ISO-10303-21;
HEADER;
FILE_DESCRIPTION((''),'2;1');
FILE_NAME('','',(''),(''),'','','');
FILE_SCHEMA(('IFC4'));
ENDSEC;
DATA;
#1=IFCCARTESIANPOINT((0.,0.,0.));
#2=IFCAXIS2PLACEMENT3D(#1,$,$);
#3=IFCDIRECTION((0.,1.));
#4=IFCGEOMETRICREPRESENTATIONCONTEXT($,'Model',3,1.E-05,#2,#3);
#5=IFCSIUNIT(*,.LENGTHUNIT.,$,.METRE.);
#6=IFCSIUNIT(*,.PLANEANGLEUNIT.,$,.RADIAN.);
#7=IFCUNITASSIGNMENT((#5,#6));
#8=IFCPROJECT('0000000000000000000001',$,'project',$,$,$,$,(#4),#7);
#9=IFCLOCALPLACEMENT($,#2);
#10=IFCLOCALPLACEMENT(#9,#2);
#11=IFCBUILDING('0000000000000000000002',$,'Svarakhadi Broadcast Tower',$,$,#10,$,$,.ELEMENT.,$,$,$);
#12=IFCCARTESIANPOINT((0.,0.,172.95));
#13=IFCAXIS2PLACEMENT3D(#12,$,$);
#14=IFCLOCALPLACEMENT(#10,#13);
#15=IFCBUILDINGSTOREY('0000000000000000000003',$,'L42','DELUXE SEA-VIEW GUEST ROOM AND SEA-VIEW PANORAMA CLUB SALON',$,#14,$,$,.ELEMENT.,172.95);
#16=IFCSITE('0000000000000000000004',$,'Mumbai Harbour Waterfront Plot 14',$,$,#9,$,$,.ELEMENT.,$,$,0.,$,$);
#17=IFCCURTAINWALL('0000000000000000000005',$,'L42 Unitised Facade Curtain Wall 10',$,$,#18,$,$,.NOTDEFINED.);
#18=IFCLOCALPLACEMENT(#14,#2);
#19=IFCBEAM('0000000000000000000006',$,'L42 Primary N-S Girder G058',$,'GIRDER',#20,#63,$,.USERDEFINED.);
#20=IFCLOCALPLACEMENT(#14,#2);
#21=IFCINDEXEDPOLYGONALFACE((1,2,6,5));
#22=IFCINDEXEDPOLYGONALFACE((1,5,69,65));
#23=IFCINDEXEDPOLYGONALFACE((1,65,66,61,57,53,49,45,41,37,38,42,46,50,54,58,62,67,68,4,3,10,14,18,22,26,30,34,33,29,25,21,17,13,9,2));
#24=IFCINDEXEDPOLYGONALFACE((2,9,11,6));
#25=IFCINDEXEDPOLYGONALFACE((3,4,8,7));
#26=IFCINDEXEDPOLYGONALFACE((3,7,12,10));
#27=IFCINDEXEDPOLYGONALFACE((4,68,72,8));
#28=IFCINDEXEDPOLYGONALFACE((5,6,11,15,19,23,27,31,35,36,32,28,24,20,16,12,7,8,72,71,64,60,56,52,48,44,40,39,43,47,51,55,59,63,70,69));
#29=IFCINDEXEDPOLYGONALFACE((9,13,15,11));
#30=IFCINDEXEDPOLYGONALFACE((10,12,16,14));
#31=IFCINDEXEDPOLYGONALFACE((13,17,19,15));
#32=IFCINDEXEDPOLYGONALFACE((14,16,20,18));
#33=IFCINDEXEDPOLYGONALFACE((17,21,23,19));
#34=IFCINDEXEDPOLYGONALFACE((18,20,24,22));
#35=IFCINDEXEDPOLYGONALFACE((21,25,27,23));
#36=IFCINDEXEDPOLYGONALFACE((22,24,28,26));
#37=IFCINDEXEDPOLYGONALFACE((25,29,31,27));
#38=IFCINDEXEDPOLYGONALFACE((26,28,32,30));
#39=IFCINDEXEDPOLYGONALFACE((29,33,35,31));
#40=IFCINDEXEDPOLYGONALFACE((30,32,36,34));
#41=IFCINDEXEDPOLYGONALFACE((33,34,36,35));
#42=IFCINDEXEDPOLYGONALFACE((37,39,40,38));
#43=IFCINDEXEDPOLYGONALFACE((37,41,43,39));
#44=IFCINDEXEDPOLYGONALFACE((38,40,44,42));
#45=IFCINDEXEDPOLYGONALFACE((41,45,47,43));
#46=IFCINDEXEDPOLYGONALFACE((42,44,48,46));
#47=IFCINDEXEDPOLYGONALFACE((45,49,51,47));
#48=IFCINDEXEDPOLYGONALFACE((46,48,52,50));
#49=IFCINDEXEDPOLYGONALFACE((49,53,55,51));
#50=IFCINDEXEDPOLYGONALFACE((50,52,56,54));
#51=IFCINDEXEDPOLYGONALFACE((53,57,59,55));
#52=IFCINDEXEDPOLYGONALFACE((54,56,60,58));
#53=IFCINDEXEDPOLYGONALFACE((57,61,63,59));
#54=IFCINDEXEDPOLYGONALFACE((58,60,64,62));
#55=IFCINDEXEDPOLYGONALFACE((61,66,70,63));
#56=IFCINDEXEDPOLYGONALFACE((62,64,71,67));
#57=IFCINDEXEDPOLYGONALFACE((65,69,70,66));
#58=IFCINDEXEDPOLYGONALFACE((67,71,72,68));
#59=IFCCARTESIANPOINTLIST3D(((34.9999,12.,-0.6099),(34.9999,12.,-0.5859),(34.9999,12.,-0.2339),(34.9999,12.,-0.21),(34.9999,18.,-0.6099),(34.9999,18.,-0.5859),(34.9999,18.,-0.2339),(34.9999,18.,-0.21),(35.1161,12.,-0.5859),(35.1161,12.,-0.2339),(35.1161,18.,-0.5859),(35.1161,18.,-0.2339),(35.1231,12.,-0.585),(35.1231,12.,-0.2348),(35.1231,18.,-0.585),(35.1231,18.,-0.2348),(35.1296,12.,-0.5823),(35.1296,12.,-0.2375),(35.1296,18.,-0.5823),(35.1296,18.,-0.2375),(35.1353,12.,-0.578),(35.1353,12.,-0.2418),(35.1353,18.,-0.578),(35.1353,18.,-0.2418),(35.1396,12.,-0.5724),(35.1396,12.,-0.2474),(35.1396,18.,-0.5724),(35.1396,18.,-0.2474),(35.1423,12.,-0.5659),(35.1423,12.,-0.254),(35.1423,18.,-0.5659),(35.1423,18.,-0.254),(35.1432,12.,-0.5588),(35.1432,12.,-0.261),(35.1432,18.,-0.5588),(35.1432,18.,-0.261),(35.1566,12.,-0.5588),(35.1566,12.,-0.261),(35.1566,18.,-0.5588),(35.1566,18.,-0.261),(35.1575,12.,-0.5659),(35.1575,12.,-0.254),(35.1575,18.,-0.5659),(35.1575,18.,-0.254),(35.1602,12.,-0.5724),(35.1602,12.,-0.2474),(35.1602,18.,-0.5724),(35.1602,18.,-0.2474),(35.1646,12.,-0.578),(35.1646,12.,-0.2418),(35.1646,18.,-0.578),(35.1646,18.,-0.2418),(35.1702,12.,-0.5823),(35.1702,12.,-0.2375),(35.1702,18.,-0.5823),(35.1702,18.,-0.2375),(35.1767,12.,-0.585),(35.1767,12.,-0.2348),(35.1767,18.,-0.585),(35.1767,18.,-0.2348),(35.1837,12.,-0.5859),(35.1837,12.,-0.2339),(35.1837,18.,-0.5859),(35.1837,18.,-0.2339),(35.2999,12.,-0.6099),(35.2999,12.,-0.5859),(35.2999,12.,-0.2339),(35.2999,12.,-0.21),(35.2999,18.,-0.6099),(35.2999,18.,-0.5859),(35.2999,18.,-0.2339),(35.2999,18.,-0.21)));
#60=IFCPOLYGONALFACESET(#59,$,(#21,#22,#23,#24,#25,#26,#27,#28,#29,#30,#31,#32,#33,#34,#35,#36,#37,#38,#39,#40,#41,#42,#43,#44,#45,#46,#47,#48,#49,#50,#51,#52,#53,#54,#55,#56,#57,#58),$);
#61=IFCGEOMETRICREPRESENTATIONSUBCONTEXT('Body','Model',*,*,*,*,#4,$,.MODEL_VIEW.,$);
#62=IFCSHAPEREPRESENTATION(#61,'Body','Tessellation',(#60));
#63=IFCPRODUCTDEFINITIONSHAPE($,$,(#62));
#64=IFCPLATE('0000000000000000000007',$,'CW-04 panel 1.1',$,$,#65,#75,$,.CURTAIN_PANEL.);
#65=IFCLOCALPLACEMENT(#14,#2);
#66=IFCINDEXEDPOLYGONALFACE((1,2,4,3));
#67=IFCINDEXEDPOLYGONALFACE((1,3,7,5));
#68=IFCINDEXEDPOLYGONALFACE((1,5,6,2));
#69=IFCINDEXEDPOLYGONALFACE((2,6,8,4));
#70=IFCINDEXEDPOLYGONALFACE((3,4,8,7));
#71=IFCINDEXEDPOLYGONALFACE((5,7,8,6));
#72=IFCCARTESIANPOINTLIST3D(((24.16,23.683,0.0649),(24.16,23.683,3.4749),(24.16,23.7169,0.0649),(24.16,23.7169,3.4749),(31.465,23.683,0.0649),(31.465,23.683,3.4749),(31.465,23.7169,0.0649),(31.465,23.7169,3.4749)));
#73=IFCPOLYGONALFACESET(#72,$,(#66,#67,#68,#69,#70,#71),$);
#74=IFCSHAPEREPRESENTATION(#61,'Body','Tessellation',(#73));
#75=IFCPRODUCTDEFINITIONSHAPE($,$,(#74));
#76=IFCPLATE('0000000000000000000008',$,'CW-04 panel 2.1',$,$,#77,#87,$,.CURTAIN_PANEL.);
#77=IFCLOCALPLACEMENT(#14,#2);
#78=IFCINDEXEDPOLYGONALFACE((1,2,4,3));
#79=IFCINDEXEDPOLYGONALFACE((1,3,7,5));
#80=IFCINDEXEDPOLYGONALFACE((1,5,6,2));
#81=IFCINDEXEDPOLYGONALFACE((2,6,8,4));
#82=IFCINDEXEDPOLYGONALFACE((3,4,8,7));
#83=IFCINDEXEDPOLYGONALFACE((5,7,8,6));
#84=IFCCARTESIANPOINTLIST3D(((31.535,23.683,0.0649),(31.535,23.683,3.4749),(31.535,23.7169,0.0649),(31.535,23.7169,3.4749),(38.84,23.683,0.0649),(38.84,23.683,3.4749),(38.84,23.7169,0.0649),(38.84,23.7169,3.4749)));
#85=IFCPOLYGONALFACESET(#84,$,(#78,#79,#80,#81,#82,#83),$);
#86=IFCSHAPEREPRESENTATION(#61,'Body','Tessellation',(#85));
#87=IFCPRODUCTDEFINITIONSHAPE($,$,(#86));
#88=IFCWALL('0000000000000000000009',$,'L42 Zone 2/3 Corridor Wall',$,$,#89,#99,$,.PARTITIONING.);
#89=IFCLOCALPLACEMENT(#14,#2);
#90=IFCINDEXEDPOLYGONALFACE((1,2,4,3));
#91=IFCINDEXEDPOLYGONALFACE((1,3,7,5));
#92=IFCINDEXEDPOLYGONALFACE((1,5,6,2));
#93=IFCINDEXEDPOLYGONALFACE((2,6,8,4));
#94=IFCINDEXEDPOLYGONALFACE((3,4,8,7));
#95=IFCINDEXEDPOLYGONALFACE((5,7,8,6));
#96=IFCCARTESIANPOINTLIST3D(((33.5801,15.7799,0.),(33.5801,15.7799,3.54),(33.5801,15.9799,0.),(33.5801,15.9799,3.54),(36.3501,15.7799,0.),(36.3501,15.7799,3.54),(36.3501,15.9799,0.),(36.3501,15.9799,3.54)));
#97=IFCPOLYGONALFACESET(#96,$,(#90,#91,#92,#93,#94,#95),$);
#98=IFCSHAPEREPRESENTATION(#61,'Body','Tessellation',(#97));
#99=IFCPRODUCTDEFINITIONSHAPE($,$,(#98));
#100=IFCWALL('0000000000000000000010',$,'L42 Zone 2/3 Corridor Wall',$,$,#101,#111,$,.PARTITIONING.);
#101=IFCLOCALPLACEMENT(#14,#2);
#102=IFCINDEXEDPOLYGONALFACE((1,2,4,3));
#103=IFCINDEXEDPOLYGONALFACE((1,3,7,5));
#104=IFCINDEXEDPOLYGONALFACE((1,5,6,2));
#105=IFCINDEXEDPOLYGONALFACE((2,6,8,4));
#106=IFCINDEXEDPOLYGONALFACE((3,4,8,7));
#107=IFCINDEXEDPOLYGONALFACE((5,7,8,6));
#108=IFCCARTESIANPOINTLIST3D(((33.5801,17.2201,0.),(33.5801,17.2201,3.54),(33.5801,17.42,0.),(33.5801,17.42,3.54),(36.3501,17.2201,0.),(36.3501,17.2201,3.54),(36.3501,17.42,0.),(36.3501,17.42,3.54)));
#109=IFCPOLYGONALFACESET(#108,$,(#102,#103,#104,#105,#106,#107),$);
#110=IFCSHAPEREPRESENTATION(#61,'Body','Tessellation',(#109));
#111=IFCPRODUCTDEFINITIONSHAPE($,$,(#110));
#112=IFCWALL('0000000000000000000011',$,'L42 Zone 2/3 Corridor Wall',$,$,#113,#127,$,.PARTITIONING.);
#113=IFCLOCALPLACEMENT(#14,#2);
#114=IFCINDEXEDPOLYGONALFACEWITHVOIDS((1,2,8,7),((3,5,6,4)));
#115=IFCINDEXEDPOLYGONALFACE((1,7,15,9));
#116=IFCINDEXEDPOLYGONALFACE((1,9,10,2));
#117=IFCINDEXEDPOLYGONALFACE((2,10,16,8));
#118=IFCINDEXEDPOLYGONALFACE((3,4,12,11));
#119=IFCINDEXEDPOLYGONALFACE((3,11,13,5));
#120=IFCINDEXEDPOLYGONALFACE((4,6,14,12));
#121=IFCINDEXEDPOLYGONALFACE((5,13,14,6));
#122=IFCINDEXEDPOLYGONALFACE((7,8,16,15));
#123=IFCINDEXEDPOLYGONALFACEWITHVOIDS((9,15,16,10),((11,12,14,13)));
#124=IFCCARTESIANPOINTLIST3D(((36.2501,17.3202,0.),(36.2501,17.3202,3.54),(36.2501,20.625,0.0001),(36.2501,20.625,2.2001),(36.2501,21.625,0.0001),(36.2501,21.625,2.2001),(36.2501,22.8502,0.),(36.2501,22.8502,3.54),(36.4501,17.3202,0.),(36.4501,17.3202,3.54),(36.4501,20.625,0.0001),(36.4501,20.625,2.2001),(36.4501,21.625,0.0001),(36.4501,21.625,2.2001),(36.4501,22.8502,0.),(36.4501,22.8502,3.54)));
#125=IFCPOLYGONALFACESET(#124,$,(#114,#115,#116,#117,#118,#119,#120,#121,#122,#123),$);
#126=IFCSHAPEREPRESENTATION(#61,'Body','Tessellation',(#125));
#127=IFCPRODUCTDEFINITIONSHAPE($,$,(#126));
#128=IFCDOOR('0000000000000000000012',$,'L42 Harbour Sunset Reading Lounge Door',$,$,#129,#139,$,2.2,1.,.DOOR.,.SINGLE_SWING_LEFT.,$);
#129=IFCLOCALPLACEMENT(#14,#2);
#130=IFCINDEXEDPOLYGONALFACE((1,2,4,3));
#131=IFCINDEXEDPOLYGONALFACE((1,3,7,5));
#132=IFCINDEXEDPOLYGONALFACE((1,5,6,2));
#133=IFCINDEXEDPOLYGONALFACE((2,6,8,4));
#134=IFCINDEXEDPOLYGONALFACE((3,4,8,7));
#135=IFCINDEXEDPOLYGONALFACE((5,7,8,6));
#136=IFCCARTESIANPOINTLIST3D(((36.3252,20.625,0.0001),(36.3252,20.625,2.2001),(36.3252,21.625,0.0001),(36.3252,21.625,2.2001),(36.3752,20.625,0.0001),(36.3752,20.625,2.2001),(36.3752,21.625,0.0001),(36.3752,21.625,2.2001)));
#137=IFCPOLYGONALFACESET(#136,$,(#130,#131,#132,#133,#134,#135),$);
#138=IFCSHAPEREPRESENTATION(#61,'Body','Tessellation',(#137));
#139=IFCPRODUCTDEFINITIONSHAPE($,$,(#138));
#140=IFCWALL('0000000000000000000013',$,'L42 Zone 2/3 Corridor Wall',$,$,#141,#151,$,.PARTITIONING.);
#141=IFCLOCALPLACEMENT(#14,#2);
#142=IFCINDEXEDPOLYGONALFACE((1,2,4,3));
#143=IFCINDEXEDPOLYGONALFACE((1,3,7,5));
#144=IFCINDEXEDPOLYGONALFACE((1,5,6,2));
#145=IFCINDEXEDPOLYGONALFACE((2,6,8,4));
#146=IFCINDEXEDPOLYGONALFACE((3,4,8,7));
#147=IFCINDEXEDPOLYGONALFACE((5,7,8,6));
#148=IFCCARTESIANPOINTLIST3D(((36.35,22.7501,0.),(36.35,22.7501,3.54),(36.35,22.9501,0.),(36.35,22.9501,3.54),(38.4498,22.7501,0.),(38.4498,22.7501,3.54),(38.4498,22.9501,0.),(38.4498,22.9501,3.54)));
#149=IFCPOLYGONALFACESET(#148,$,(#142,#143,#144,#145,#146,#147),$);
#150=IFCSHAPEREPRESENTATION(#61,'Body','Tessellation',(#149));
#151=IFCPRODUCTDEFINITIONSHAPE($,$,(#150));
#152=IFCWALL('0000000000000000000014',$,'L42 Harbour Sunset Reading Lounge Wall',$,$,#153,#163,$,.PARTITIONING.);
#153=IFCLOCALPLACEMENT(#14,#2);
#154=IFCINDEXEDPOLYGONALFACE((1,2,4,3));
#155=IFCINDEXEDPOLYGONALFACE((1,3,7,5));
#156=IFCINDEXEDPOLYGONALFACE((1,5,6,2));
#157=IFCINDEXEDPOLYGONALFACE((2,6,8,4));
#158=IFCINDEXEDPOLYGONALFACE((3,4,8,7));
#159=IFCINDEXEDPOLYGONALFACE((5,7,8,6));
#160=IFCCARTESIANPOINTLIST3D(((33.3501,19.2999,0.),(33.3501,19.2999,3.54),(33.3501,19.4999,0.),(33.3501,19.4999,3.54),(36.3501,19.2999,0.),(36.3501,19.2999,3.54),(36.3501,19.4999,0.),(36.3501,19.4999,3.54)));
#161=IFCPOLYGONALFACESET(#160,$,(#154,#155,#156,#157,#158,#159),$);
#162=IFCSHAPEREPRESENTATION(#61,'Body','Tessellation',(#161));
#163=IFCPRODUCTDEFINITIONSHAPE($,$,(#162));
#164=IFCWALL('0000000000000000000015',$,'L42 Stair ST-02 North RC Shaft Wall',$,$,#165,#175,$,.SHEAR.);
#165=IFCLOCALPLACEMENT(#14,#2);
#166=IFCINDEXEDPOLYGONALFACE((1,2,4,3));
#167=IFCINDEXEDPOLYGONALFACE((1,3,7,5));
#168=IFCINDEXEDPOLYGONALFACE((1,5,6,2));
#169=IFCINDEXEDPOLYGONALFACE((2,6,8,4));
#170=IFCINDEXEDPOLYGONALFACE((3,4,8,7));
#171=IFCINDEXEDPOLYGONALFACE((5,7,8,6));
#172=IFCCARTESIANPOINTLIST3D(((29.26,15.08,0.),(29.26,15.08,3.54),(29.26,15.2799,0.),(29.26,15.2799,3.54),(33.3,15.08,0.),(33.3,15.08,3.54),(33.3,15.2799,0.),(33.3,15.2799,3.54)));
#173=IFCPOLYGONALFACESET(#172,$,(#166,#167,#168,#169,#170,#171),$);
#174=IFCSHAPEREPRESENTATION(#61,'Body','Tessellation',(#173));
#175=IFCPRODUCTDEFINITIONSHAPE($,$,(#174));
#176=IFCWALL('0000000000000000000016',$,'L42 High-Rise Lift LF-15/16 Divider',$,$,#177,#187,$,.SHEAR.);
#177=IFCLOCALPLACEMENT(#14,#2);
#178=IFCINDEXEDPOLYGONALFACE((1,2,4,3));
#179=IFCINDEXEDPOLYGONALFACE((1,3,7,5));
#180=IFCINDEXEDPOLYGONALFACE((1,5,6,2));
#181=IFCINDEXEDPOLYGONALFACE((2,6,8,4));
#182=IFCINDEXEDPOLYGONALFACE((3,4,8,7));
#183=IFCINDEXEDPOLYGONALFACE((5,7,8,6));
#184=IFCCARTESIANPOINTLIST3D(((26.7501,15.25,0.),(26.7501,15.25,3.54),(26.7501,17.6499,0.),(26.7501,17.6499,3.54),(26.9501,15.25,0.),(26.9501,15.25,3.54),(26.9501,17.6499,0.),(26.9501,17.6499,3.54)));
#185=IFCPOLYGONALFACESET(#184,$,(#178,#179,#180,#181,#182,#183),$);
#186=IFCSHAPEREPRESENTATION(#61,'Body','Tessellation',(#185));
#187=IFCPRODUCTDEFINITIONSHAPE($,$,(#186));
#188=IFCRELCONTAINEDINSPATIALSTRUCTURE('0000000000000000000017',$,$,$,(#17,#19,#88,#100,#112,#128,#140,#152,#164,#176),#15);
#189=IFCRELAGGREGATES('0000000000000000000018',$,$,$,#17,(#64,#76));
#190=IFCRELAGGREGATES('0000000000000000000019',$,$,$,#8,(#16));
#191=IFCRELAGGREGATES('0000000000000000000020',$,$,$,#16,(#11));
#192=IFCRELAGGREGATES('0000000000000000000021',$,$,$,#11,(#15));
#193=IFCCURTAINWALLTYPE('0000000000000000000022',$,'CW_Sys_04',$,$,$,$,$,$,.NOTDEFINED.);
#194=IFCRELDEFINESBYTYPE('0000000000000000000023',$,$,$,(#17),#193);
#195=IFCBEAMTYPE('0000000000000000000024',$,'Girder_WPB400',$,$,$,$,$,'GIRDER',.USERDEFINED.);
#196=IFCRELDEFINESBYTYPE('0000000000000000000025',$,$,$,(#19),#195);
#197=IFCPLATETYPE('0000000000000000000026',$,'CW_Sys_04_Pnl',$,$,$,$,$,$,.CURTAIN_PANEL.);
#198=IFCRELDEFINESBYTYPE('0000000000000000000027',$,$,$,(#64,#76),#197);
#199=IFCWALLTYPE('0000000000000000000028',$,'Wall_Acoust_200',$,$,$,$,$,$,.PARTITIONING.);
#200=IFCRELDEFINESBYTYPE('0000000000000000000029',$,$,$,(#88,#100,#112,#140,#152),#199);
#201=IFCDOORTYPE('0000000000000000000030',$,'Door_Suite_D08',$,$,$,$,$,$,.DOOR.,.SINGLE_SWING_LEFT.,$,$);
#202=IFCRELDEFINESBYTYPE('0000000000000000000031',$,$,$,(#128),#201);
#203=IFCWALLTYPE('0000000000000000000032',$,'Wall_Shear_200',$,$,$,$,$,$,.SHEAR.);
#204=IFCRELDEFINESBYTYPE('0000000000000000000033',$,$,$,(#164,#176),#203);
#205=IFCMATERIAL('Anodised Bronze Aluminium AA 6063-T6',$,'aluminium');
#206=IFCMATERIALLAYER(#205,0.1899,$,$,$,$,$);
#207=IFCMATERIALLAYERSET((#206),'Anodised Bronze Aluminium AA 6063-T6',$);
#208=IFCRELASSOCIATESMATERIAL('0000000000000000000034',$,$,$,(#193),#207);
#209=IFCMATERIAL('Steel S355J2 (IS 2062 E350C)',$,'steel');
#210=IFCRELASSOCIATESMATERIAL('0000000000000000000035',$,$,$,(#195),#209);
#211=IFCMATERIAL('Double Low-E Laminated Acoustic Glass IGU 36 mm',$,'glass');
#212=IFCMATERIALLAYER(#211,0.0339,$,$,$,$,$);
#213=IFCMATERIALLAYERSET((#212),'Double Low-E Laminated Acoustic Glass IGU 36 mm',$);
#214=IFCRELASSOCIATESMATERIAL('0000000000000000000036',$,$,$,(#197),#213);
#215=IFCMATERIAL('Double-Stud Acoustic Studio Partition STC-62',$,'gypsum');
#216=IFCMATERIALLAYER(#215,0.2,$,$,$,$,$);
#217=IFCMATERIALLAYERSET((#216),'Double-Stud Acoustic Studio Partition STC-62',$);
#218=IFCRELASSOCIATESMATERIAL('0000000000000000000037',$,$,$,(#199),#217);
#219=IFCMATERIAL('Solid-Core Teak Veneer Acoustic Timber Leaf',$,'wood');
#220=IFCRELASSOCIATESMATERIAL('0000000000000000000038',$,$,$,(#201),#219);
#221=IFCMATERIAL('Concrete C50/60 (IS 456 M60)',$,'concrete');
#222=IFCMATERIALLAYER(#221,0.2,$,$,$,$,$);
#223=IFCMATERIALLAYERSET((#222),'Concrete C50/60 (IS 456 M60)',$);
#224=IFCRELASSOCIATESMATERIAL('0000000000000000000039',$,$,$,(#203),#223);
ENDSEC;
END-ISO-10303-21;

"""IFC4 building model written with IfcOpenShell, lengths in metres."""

from ifc_helpers import new_model, si_unit, direction, frame, frame_2d, origin, origin_2d, place, context, subcontext, project, spatial, rectangle, i_section, extrude, material, layer, layer_set, material_profile, profile_set, type_object, element, fill, aggregate, save


model = new_model("IFC4")

# Units and contexts
model_context = context("Model", 3, precision=1e-05, world=origin(), true_north=direction((0.0, 1.0)))
body_context = subcontext(model_context, "Body", "Model", "MODEL_VIEW")
ifc_project = project(units=[si_unit("LENGTHUNIT", "METRE"), si_unit("PLANEANGLEUNIT", "RADIAN")], contexts=[model_context])

# Site, building, storey
site_placement = place(None, origin())
site = spatial("IfcSite", under=ifc_project, at=site_placement, Name="Mumbai Harbour Waterfront Plot 14", CompositionType="ELEMENT", RefElevation=0.0)
building_placement = place(site_placement, origin())
building = spatial("IfcBuilding", under=site, at=building_placement, Name="Svarakhadi Broadcast Tower", CompositionType="ELEMENT")
storey_placement = place(building_placement, frame((0.0, 0.0, 172.95)))
storey = spatial("IfcBuildingStorey", under=building, at=storey_placement, Name="L42", Description="DELUXE SEA-VIEW GUEST ROOM AND SEA-VIEW PANORAMA CLUB SALON", CompositionType="ELEMENT", Elevation=172.95)

# Shared definitions
ifc_material_1 = material(Name="Concrete C50/60 (IS 456 M60)", Category="concrete")

# Shared definitions
ifc_material_2 = material(Name="Steel S355J2 (IS 2062 E350C)", Category="steel")

# Curtain wall
ifc_material_3 = material(Name="Anodised Bronze Aluminium AA 6063-T6", Category="aluminium")
ifc_layer_1 = layer(ifc_material_3, 0.1899)
ifc_layer_set_1 = layer_set([ifc_layer_1], Name="Anodised Bronze Aluminium AA 6063-T6")
curtain_wall_type = type_object("IfcCurtainWallType", Name="CW_Sys_04", PredefinedType="NOTDEFINED", material=ifc_layer_set_1)
curtain_wall_placement = place(storey_placement, origin())
curtain_wall = element("IfcCurtainWall", 1, at=curtain_wall_placement, inside=storey, type_object=curtain_wall_type, Name="L42 Unitised Facade Curtain Wall 10", PredefinedType="NOTDEFINED")

# Beam
ifc_material_profile_1 = material_profile(ifc_material_2, i_section(OverallWidth=0.3, OverallDepth=0.3999, WebThickness=0.0134, FlangeThickness=0.0239, FilletRadius=0.0271, at=origin_2d()), Name="WPB 400x300x155")
ifc_profile_set_1 = profile_set([ifc_material_profile_1], Name="Steel S355J2 (IS 2062 E350C)")
beam_type_1 = type_object("IfcBeamType", Name="Girder_WPB400", ElementType="GIRDER", PredefinedType="USERDEFINED", material=ifc_profile_set_1)
beam_1_placement = place(storey_placement, frame((35.1499, 12.0, -0.4099), z_axis=(0.0, 1.0, 0.0), x_axis=(-1.0, 0.0, 0.0)))
element("IfcBeam", 2, at=beam_1_placement, inside=storey, type_object=beam_type_1, Name="L42 Primary N-S Girder G058", ObjectType="GIRDER", PredefinedType="USERDEFINED", context=body_context, shape_type="SweptSolid", body=[
    extrude(i_section(OverallWidth=0.3, OverallDepth=0.3999, WebThickness=0.0134, FlangeThickness=0.0239, FilletRadius=0.0271, at=origin_2d()), origin(), (0.0, 0.0, 1.0), 6.0),
])

# Plates
ifc_material_4 = material(Name="Double Low-E Laminated Acoustic Glass IGU 36 mm", Category="glass")
ifc_layer_2 = layer(ifc_material_4, 0.0339)
ifc_layer_set_2 = layer_set([ifc_layer_2], Name="Double Low-E Laminated Acoustic Glass IGU 36 mm")
plate_type = type_object("IfcPlateType", Name="CW_Sys_04_Pnl", PredefinedType="CURTAIN_PANEL", material=ifc_layer_set_2)
plate_1_placement = place(storey_placement, frame((27.8125, 23.7, 0.0649), z_axis=(0.0, 0.0, 1.0), x_axis=(1.0, 0.0, 0.0)))
plate_1 = element("IfcPlate", 3, at=plate_1_placement, type_object=plate_type, Name="CW-04 panel 1.1", PredefinedType="CURTAIN_PANEL", context=body_context, shape_type="SweptSolid", body=[
    extrude(rectangle(XDim=7.3049, YDim=0.0339, at=origin_2d()), origin(), (0.0, 0.0, 1.0), 3.4099),
])
plate_2_placement = place(storey_placement, frame((35.1875, 23.7, 0.0649), z_axis=(0.0, 0.0, 1.0), x_axis=(1.0, 0.0, 0.0)))
plate_2 = element("IfcPlate", 4, at=plate_2_placement, type_object=plate_type, Name="CW-04 panel 2.1", PredefinedType="CURTAIN_PANEL", context=body_context, shape_type="SweptSolid", body=[
    extrude(rectangle(XDim=7.3049, YDim=0.0339, at=origin_2d()), origin(), (0.0, 0.0, 1.0), 3.4099),
])
aggregate(curtain_wall, [plate_1, plate_2])

# Walls
ifc_material_5 = material(Name="Double-Stud Acoustic Studio Partition STC-62", Category="gypsum")
ifc_layer_3 = layer(ifc_material_5, 0.2)
ifc_layer_set_3 = layer_set([ifc_layer_3], Name="Double-Stud Acoustic Studio Partition STC-62")
wall_type_1 = type_object("IfcWallType", Name="Wall_Acoust_200", PredefinedType="PARTITIONING", material=ifc_layer_set_3)
for number, where, z_axis, x_axis, name in (
    (5, (36.3501, 15.8799, 0.0), (0.0, 0.0, 1.0), (-1.0, 0.0, 0.0), "L42 Zone 2/3 Corridor Wall"),
    (6, (33.5801, 17.3201, 0.0), (0.0, 0.0, 1.0), (1.0, 0.0, 0.0), "L42 Zone 2/3 Corridor Wall"),
):
    element("IfcWall", number, at=place(storey_placement, frame(where, z_axis=z_axis, x_axis=x_axis)), inside=storey, type_object=wall_type_1, Name=name, PredefinedType="PARTITIONING", context=body_context, shape_type="SweptSolid", body=[
        extrude(rectangle(XDim=2.77, YDim=0.2, at=frame_2d((1.385, 0.0))), origin(), (0.0, 0.0, 1.0), 3.54),
    ])

# Wall, opening, door
wall_1_placement = place(storey_placement, frame((36.3501, 17.3201, 0.0), z_axis=(0.0, 0.0, 1.0), x_axis=(0.0, 1.0, 0.0)))
wall_1 = element("IfcWall", 7, at=wall_1_placement, inside=storey, type_object=wall_type_1, Name="L42 Zone 2/3 Corridor Wall", PredefinedType="PARTITIONING", context=body_context, shape_type="SweptSolid", body=[
    extrude(rectangle(XDim=5.53, YDim=0.2, at=frame_2d((2.7651, 0.0))), origin(), (0.0, 0.0, 1.0), 3.54),
])
opening_placement = place(wall_1_placement, frame((3.3049, 0.0, 0.0)))
opening = element("IfcOpeningElement", 8, at=opening_placement, cuts=wall_1, PredefinedType="OPENING", context=body_context, shape_type="SweptSolid", body=[
    extrude(rectangle(XDim=1.0, YDim=2.2, at=frame_2d((0.5, 1.1001))), frame((0.0, 0.1099, 0.0), z_axis=(0.0, -1.0, 0.0), x_axis=(1.0, 0.0, 0.0)), (0.0, 0.0, 1.0), 0.22),
])
ifc_material_6 = material(Name="Solid-Core Teak Veneer Acoustic Timber Leaf", Category="wood")
door_type = type_object("IfcDoorType", Name="Door_Suite_D08", OperationType="SINGLE_SWING_LEFT", PredefinedType="DOOR", material=ifc_material_6)
door_placement = place(opening_placement, origin())
door = element("IfcDoor", 9, at=door_placement, inside=storey, type_object=door_type, Name="L42 Harbour Sunset Reading Lounge Door", OperationType="SINGLE_SWING_LEFT", OverallHeight=2.2, OverallWidth=1.0, PredefinedType="DOOR", context=body_context, shape_type="SweptSolid", body=[
    extrude(rectangle(XDim=1.0, YDim=2.2, at=frame_2d((0.5, 1.1001))), frame((0.0, 0.0249, 0.0), z_axis=(0.0, -1.0, 0.0), x_axis=(1.0, 0.0, 0.0)), (0.0, 0.0, 1.0), 0.05),
])
fill(opening, door)

# Walls
wall_2_placement = place(storey_placement, frame((36.3501, 22.8501, 0.0), z_axis=(0.0, 0.0, 1.0), x_axis=(1.0, 0.0, 0.0)))
element("IfcWall", 10, at=wall_2_placement, inside=storey, type_object=wall_type_1, Name="L42 Zone 2/3 Corridor Wall", PredefinedType="PARTITIONING", context=body_context, shape_type="SweptSolid", body=[
    extrude(rectangle(XDim=2.0999, YDim=0.2, at=frame_2d((1.0498, 0.0))), origin(), (0.0, 0.0, 1.0), 3.54),
])
wall_3_placement = place(storey_placement, frame((33.3501, 19.3999, 0.0), z_axis=(0.0, 0.0, 1.0), x_axis=(1.0, 0.0, 0.0)))
element("IfcWall", 11, at=wall_3_placement, inside=storey, type_object=wall_type_1, Name="L42 Harbour Sunset Reading Lounge Wall", PredefinedType="PARTITIONING", context=body_context, shape_type="SweptSolid", body=[
    extrude(rectangle(XDim=3.0, YDim=0.2, at=frame_2d((1.5, 0.0))), origin(), (0.0, 0.0, 1.0), 3.54),
])
ifc_layer_4 = layer(ifc_material_1, 0.2)
ifc_layer_set_4 = layer_set([ifc_layer_4], Name="Concrete C50/60 (IS 456 M60)")
wall_type_2 = type_object("IfcWallType", Name="Wall_Shear_200", PredefinedType="SHEAR", material=ifc_layer_set_4)
wall_4_placement = place(storey_placement, frame((29.26, 15.1799, 0.0), z_axis=(0.0, 0.0, 1.0), x_axis=(1.0, 0.0, 0.0)))
element("IfcWall", 12, at=wall_4_placement, inside=storey, type_object=wall_type_2, Name="L42 Stair ST-02 North RC Shaft Wall", PredefinedType="SHEAR", context=body_context, shape_type="SweptSolid", body=[
    extrude(rectangle(XDim=4.04, YDim=0.2, at=frame_2d((2.02, 0.0))), origin(), (0.0, 0.0, 1.0), 3.54),
])
wall_5_placement = place(storey_placement, frame((26.8501, 15.25, 0.0), z_axis=(0.0, 0.0, 1.0), x_axis=(0.0, 1.0, 0.0)))
element("IfcWall", 13, at=wall_5_placement, inside=storey, type_object=wall_type_2, Name="L42 High-Rise Lift LF-15/16 Divider", PredefinedType="SHEAR", context=body_context, shape_type="SweptSolid", body=[
    extrude(rectangle(XDim=2.3999, YDim=0.2, at=frame_2d((1.2, 0.0))), origin(), (0.0, 0.0, 1.0), 3.54),
])

save(model, "model.ifc")
